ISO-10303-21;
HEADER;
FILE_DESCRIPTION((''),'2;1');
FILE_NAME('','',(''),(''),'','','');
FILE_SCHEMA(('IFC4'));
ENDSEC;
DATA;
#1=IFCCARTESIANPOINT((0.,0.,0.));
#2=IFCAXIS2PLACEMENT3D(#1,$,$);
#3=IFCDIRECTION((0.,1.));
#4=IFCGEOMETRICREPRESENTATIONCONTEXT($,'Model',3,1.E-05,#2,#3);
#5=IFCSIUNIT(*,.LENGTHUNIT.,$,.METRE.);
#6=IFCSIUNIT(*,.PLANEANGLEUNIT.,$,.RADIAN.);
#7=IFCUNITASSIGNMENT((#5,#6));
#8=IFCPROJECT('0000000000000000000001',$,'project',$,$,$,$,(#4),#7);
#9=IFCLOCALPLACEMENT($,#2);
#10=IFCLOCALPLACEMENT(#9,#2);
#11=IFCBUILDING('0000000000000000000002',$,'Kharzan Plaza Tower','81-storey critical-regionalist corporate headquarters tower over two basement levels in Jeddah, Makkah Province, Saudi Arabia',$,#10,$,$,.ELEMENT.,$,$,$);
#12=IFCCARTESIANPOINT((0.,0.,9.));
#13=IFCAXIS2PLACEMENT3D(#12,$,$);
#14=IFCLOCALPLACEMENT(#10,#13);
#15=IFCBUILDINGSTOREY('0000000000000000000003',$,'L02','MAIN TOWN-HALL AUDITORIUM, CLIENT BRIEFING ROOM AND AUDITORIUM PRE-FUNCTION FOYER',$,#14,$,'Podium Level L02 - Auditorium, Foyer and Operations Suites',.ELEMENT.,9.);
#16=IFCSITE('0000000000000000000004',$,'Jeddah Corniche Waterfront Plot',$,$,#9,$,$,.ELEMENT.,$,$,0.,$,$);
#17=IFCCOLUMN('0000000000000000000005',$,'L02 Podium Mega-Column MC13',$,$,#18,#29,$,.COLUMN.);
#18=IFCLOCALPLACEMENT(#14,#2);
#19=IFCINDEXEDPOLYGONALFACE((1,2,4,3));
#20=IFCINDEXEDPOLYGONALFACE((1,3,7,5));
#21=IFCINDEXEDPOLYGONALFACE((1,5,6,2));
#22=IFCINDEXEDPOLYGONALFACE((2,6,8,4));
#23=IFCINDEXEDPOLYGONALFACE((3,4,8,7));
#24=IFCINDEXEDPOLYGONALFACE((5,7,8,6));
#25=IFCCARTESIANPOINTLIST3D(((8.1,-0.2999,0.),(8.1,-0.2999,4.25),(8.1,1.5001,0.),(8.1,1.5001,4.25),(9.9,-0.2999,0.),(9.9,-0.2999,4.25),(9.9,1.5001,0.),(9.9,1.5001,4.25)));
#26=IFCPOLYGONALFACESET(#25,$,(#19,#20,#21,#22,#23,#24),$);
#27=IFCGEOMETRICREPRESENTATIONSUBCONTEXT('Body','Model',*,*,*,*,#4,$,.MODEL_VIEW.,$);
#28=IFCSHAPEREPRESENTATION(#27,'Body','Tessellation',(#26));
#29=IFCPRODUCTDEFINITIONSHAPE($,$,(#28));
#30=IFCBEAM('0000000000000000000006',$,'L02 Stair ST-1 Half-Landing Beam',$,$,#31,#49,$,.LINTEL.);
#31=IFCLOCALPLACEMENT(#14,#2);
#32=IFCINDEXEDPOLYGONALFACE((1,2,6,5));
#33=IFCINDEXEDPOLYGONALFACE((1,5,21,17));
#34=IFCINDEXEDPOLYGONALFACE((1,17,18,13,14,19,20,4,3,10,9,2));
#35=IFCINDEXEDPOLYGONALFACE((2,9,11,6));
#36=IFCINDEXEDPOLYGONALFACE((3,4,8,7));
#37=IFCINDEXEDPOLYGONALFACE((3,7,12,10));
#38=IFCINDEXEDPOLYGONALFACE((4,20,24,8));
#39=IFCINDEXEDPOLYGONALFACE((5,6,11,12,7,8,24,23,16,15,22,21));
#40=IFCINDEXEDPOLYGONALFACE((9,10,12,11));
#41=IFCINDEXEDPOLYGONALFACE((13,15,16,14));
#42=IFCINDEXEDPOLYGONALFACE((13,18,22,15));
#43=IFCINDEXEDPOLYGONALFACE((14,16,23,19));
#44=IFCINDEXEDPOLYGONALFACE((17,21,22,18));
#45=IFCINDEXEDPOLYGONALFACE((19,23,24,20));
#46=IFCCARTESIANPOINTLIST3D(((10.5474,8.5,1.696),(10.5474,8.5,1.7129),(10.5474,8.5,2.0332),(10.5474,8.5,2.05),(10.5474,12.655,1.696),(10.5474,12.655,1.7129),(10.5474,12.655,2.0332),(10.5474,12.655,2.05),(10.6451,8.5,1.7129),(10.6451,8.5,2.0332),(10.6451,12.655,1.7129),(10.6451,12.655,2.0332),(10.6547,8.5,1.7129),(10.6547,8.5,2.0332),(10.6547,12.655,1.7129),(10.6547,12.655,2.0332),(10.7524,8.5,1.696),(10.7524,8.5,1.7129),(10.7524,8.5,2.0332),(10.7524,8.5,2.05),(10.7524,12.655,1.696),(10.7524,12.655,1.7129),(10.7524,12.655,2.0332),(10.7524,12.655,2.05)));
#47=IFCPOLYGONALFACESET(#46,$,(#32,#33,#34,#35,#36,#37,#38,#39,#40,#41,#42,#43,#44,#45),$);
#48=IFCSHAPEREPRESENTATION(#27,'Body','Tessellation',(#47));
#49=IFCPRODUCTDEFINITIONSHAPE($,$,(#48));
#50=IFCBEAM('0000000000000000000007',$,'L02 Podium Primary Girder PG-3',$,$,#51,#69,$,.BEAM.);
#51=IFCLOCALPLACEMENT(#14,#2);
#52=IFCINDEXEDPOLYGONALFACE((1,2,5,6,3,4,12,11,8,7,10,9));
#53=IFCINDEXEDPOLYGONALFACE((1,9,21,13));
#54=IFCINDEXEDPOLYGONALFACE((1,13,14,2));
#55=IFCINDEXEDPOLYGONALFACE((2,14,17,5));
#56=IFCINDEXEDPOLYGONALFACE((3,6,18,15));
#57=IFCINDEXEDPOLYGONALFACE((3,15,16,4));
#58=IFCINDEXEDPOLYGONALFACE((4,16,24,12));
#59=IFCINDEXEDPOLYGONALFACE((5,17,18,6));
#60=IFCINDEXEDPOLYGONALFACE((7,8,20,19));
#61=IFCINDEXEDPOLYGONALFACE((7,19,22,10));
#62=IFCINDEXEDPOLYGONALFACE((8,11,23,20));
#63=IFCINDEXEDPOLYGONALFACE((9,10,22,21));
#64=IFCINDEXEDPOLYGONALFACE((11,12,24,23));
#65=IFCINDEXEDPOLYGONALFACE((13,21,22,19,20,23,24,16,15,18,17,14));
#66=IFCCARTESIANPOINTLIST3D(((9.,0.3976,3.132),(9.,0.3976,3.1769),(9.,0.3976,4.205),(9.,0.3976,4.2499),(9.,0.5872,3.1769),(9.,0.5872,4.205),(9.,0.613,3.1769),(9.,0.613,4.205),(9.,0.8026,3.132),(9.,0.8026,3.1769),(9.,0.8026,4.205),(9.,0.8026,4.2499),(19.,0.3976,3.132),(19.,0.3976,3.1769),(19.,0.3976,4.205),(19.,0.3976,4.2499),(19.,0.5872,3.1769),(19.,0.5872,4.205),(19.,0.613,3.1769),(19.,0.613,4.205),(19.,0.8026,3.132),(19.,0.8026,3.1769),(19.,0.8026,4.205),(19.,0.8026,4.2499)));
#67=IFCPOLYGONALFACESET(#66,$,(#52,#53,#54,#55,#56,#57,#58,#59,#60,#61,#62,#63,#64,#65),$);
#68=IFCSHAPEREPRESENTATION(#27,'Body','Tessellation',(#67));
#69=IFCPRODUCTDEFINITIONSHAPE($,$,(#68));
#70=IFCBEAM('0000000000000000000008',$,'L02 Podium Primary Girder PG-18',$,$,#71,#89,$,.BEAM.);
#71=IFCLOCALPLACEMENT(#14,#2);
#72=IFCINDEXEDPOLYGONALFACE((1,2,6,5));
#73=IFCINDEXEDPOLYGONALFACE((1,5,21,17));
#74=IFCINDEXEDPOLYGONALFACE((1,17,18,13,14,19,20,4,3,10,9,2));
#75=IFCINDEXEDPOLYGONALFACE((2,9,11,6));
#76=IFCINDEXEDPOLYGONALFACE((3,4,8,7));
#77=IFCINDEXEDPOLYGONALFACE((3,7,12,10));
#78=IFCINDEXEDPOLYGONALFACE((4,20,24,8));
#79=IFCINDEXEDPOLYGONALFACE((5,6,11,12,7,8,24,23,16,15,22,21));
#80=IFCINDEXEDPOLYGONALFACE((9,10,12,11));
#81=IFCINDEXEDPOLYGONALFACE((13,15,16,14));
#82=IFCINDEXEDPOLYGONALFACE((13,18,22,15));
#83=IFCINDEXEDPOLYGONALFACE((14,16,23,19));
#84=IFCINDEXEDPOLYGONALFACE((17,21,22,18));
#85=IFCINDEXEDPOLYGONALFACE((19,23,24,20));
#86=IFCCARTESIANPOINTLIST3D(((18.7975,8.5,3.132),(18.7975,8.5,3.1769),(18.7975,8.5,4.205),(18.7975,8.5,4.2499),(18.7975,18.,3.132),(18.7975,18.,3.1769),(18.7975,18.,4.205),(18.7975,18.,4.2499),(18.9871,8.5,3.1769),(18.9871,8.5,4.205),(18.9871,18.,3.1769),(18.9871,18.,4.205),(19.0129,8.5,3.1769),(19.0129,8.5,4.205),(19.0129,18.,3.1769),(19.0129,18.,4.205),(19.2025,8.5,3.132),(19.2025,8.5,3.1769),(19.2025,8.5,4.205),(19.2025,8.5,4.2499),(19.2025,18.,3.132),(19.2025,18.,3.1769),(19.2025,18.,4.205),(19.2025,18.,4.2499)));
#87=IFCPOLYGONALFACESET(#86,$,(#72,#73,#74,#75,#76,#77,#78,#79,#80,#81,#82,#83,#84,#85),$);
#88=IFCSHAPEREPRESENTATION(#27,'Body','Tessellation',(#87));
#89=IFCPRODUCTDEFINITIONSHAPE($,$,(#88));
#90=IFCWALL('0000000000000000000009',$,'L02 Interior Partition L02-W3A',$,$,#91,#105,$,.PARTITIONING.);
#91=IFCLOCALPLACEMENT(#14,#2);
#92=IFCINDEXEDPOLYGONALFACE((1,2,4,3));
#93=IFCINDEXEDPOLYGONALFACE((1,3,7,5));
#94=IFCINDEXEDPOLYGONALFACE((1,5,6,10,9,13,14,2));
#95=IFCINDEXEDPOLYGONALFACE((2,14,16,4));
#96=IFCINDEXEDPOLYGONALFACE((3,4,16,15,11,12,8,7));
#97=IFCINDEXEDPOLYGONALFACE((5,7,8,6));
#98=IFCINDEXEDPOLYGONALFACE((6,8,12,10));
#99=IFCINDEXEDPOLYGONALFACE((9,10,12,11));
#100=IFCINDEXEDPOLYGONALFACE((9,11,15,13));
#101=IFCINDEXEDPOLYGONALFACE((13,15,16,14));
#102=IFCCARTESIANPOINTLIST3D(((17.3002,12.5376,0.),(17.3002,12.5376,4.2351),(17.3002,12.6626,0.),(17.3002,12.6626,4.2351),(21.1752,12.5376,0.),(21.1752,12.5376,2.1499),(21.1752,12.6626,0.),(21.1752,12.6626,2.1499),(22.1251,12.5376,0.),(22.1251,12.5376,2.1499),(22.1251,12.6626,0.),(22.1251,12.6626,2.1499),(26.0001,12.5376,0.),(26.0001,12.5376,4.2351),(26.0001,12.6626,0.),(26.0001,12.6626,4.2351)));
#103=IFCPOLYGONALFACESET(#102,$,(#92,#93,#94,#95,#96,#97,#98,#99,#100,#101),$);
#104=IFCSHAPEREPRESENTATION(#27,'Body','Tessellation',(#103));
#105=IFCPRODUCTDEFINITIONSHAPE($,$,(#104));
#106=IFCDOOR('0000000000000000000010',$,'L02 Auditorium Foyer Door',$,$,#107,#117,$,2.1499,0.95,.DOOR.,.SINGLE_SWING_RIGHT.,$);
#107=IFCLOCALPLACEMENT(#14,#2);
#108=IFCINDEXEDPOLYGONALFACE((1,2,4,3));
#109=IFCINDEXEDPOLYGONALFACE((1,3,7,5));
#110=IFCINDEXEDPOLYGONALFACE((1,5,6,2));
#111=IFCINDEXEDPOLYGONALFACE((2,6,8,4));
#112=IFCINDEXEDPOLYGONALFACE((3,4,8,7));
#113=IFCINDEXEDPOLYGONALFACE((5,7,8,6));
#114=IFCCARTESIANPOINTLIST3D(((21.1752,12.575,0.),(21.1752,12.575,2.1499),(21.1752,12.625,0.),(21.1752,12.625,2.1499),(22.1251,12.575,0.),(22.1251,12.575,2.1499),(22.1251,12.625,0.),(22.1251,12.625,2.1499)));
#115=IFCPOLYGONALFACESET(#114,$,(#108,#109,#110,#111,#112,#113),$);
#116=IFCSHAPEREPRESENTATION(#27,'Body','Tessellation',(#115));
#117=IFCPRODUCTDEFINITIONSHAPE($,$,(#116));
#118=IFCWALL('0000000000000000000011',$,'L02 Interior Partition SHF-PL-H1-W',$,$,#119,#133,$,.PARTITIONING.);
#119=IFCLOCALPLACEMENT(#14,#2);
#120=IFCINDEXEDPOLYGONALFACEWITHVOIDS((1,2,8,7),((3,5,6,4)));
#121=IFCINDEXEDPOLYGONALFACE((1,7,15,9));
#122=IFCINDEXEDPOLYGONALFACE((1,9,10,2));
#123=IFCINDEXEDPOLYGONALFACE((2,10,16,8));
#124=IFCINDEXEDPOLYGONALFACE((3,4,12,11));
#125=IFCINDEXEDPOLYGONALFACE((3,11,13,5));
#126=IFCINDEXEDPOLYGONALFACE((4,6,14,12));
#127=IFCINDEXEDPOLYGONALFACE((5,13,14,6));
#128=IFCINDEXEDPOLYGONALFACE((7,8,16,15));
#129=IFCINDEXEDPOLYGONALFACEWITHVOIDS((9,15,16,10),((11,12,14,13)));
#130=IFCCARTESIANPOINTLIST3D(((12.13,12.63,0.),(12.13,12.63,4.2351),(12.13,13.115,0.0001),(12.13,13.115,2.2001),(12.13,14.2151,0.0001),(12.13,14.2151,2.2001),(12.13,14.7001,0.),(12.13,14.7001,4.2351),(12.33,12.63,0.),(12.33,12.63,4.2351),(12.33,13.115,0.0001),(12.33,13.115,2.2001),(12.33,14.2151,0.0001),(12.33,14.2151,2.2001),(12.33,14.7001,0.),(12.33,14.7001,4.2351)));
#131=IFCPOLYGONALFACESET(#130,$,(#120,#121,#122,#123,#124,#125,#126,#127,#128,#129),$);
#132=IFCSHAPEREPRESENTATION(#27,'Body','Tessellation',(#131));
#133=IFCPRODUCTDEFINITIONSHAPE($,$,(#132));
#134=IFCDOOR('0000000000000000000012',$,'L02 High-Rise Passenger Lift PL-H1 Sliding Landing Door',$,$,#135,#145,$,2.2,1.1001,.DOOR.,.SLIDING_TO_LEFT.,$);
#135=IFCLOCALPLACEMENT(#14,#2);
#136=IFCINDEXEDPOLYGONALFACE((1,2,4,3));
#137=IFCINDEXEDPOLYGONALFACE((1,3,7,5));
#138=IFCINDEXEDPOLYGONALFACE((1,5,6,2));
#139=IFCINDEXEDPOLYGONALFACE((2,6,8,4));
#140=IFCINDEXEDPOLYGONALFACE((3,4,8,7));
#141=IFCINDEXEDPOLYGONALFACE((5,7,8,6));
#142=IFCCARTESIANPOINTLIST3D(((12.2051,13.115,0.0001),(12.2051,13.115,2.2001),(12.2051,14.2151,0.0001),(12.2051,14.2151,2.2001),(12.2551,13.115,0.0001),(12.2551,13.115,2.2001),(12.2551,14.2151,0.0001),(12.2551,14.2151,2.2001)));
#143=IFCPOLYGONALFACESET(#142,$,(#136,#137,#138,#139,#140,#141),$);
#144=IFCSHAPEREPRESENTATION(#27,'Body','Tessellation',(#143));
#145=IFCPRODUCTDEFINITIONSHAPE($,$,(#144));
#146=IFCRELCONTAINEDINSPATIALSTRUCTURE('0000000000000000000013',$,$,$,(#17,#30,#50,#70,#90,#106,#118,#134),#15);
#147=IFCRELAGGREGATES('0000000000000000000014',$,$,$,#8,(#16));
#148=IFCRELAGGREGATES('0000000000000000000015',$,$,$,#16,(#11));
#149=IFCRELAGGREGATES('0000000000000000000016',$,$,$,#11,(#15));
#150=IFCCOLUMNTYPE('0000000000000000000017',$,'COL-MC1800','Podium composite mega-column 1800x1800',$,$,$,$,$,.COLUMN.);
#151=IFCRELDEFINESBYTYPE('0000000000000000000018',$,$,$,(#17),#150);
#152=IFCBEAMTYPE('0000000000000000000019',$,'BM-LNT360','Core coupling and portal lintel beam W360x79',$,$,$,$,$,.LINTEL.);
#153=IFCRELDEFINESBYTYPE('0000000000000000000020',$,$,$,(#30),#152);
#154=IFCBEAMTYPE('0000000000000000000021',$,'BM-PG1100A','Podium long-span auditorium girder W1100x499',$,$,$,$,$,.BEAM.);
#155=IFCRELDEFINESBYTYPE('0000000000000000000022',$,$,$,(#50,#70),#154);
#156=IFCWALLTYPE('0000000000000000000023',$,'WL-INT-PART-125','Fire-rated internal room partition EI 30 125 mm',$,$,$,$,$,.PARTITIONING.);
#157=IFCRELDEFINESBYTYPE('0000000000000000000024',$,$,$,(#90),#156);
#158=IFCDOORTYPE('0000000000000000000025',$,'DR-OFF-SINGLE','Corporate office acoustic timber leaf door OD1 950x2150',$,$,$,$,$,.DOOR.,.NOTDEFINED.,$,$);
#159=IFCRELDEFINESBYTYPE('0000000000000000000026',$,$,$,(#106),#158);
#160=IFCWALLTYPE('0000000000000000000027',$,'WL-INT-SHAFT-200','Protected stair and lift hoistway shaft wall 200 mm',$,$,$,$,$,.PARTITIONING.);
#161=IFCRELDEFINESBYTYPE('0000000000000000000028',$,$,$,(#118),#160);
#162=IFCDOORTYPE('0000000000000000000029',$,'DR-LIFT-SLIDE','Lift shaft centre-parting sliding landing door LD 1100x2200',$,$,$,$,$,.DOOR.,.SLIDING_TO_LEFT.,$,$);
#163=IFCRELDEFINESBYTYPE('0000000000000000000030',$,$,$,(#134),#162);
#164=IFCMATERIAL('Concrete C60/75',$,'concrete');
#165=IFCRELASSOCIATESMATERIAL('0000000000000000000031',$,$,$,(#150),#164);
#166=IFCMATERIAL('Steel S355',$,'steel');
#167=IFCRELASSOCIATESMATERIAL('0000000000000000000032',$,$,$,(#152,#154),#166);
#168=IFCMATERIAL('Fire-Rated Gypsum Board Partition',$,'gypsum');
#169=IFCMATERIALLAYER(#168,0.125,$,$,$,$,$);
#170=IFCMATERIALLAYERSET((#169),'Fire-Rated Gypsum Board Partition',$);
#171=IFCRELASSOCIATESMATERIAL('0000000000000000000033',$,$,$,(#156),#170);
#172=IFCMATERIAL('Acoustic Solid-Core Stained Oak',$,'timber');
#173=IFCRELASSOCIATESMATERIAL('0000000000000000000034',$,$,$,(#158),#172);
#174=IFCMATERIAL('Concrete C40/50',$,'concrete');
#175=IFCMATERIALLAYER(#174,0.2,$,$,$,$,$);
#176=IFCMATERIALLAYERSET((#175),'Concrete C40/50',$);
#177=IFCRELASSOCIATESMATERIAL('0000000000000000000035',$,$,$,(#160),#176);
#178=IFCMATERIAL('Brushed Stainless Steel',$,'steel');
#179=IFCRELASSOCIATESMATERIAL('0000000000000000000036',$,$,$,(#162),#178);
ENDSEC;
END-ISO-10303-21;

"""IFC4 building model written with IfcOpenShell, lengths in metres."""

from ifc_helpers import new_model, si_unit, direction, frame, frame_2d, origin, origin_2d, place, context, subcontext, project, spatial, rectangle, i_section, extrude, source, transform, mapped, material, layer, layer_set, material_profile, profile_set, type_object, element, fill, save


model = new_model("IFC4")

# Units and contexts
model_context = context("Model", 3, precision=1e-05, world=origin(), true_north=direction((0.0, 1.0)))
body_context = subcontext(model_context, "Body", "Model", "MODEL_VIEW")
ifc_project = project(units=[si_unit("LENGTHUNIT", "METRE"), si_unit("PLANEANGLEUNIT", "RADIAN")], contexts=[model_context])

# Site, building, storey
site_placement = place(None, origin())
site = spatial("IfcSite", under=ifc_project, at=site_placement, Name="Jeddah Corniche Waterfront Plot", CompositionType="ELEMENT", RefElevation=0.0)
building_placement = place(site_placement, origin())
building = spatial("IfcBuilding", under=site, at=building_placement, Name="Kharzan Plaza Tower", Description="81-storey critical-regionalist corporate headquarters tower over two basement levels in Jeddah, Makkah Province, Saudi Arabia", CompositionType="ELEMENT")
storey_placement = place(building_placement, frame((0.0, 0.0, 9.0)))
storey = spatial("IfcBuildingStorey", under=building, at=storey_placement, Name="L02", Description="MAIN TOWN-HALL AUDITORIUM, CLIENT BRIEFING ROOM AND AUDITORIUM PRE-FUNCTION FOYER", LongName="Podium Level L02 - Auditorium, Foyer and Operations Suites", CompositionType="ELEMENT", Elevation=9.0)

# Column
ifc_material_1 = material(Name="Concrete C60/75", Category="concrete")
ifc_material_profile_1 = material_profile(ifc_material_1, rectangle(XDim=1.8, YDim=1.8, at=origin_2d()), Name="RC-MC1800x1800")
ifc_profile_set_1 = profile_set([ifc_material_profile_1], Name="Concrete C60/75")
column_type = type_object("IfcColumnType", Name="COL-MC1800", Description="Podium composite mega-column 1800x1800", PredefinedType="COLUMN", material=ifc_profile_set_1)
shared_shape_1 = source(origin(), body_context, "Body", "SweptSolid", [
    extrude(rectangle(XDim=1.8, YDim=1.8, at=origin_2d()), origin(), (0.0, 0.0, 1.0), 4.25),
])
column_placement = place(storey_placement, frame((9.0, 0.6001, 0.0), z_axis=(0.0, 0.0, 1.0), x_axis=(1.0, 0.0, 0.0)))
element("IfcColumn", 1, at=column_placement, inside=storey, type_object=column_type, Name="L02 Podium Mega-Column MC13", PredefinedType="COLUMN", context=body_context, shape_type="MappedRepresentation", body=[
    mapped(shared_shape_1, transform((0.0, 0.0, 0.0), x_axis=(1.0, 0.0, 0.0), y_axis=(0.0, 1.0, 0.0), z_axis=(0.0, 0.0, 1.0))),
])

# Beams
ifc_material_2 = material(Name="Steel S355", Category="steel")
ifc_material_profile_2 = material_profile(ifc_material_2, i_section(OverallWidth=0.2051, OverallDepth=0.354, WebThickness=0.0095, FlangeThickness=0.0168, at=origin_2d()), Name="W360x79")
ifc_profile_set_2 = profile_set([ifc_material_profile_2], Name="Steel S355")
beam_type_1 = type_object("IfcBeamType", Name="BM-LNT360", Description="Core coupling and portal lintel beam W360x79", PredefinedType="LINTEL", material=ifc_profile_set_2)
shared_shape_2 = source(origin(), body_context, "Body", "SweptSolid", [
    extrude(i_section(OverallWidth=0.2051, OverallDepth=0.354, WebThickness=0.0095, FlangeThickness=0.0168, at=origin_2d()), origin(), (0.0, 0.0, 1.0), 4.155),
])
beam_1_placement = place(storey_placement, frame((10.6499, 8.5, 1.873), z_axis=(0.0, 1.0, 0.0), x_axis=(-1.0, 0.0, 0.0)))
element("IfcBeam", 2, at=beam_1_placement, inside=storey, type_object=beam_type_1, Name="L02 Stair ST-1 Half-Landing Beam", PredefinedType="LINTEL", context=body_context, shape_type="MappedRepresentation", body=[
    mapped(shared_shape_2, transform((0.0, 0.0, 0.0), x_axis=(1.0, 0.0, 0.0), y_axis=(0.0, 1.0, 0.0), z_axis=(0.0, 0.0, 1.0))),
])
ifc_material_profile_3 = material_profile(ifc_material_2, i_section(OverallWidth=0.405, OverallDepth=1.1179, WebThickness=0.0259, FlangeThickness=0.0449, at=origin_2d()), Name="W1100x499")
ifc_profile_set_3 = profile_set([ifc_material_profile_3], Name="Steel S355")
beam_type_2 = type_object("IfcBeamType", Name="BM-PG1100A", Description="Podium long-span auditorium girder W1100x499", PredefinedType="BEAM", material=ifc_profile_set_3)
shared_shape_3 = source(origin(), body_context, "Body", "SweptSolid", [
    extrude(i_section(OverallWidth=0.405, OverallDepth=1.1179, WebThickness=0.0259, FlangeThickness=0.0449, at=origin_2d()), origin(), (0.0, 0.0, 1.0), 10.0),
])
beam_2_placement = place(storey_placement, frame((9.0, 0.6001, 3.6909), z_axis=(1.0, 0.0, 0.0), x_axis=(0.0, 1.0, 0.0)))
element("IfcBeam", 3, at=beam_2_placement, inside=storey, type_object=beam_type_2, Name="L02 Podium Primary Girder PG-3", PredefinedType="BEAM", context=body_context, shape_type="MappedRepresentation", body=[
    mapped(shared_shape_3, transform((0.0, 0.0, 0.0), x_axis=(1.0, 0.0, 0.0), y_axis=(0.0, 1.0, 0.0), z_axis=(0.0, 0.0, 1.0))),
])
shared_shape_4 = source(origin(), body_context, "Body", "SweptSolid", [
    extrude(i_section(OverallWidth=0.405, OverallDepth=1.1179, WebThickness=0.0259, FlangeThickness=0.0449, at=origin_2d()), origin(), (0.0, 0.0, 1.0), 9.5),
])
beam_3_placement = place(storey_placement, frame((19.0, 8.5, 3.6909), z_axis=(0.0, 1.0, 0.0), x_axis=(-1.0, 0.0, 0.0)))
element("IfcBeam", 4, at=beam_3_placement, inside=storey, type_object=beam_type_2, Name="L02 Podium Primary Girder PG-18", PredefinedType="BEAM", context=body_context, shape_type="MappedRepresentation", body=[
    mapped(shared_shape_4, transform((0.0, 0.0, 0.0), x_axis=(1.0, 0.0, 0.0), y_axis=(0.0, 1.0, 0.0), z_axis=(0.0, 0.0, 1.0))),
])

# Walls, openings, doors
ifc_material_3 = material(Name="Fire-Rated Gypsum Board Partition", Category="gypsum")
ifc_layer_1 = layer(ifc_material_3, 0.125)
ifc_layer_set_1 = layer_set([ifc_layer_1], Name="Fire-Rated Gypsum Board Partition")
wall_type_1 = type_object("IfcWallType", Name="WL-INT-PART-125", Description="Fire-rated internal room partition EI 30 125 mm", PredefinedType="PARTITIONING", material=ifc_layer_set_1)
wall_1_placement = place(storey_placement, frame((17.3, 12.6001, 0.0), z_axis=(0.0, 0.0, 1.0), x_axis=(1.0, 0.0, 0.0)))
wall_1 = element("IfcWall", 5, at=wall_1_placement, inside=storey, type_object=wall_type_1, Name="L02 Interior Partition L02-W3A", PredefinedType="PARTITIONING", context=body_context, shape_type="SweptSolid", body=[
    extrude(rectangle(XDim=8.7, YDim=0.125, at=frame_2d((4.3501, 0.0))), origin(), (0.0, 0.0, 1.0), 4.2351),
])
opening_1_placement = place(wall_1_placement, frame((3.875, 0.0, 0.0)))
opening_1 = element("IfcOpeningElement", 6, at=opening_1_placement, cuts=wall_1, PredefinedType="OPENING", context=body_context, shape_type="SweptSolid", body=[
    extrude(rectangle(XDim=0.95, YDim=2.1499, at=frame_2d((0.4751, 1.075))), frame((0.0, 0.0725, 0.0), z_axis=(0.0, -1.0, 0.0), x_axis=(1.0, 0.0, 0.0)), (0.0, 0.0, 1.0), 0.145),
])
ifc_material_4 = material(Name="Acoustic Solid-Core Stained Oak", Category="timber")
door_type_1 = type_object("IfcDoorType", Name="DR-OFF-SINGLE", Description="Corporate office acoustic timber leaf door OD1 950x2150", OperationType="NOTDEFINED", PredefinedType="DOOR", material=ifc_material_4)
shared_shape_5 = source(origin(), body_context, "Body", "SweptSolid", [
    extrude(rectangle(XDim=0.95, YDim=2.1499, at=frame_2d((0.4751, 1.075))), frame((0.0, 0.0249, 0.0), z_axis=(0.0, -1.0, 0.0), x_axis=(1.0, 0.0, 0.0)), (0.0, 0.0, 1.0), 0.05),
])
door_1_placement = place(opening_1_placement, origin())
door_1 = element("IfcDoor", 7, at=door_1_placement, inside=storey, type_object=door_type_1, Name="L02 Auditorium Foyer Door", OperationType="SINGLE_SWING_RIGHT", OverallHeight=2.1499, OverallWidth=0.95, PredefinedType="DOOR", context=body_context, shape_type="MappedRepresentation", body=[
    mapped(shared_shape_5, transform((0.0, 0.0, 0.0), x_axis=(1.0, 0.0, 0.0), y_axis=(0.0, 1.0, 0.0), z_axis=(0.0, 0.0, 1.0))),
])
fill(opening_1, door_1)
ifc_material_5 = material(Name="Concrete C40/50", Category="concrete")
ifc_layer_2 = layer(ifc_material_5, 0.2)
ifc_layer_set_2 = layer_set([ifc_layer_2], Name="Concrete C40/50")
wall_type_2 = type_object("IfcWallType", Name="WL-INT-SHAFT-200", Description="Protected stair and lift hoistway shaft wall 200 mm", PredefinedType="PARTITIONING", material=ifc_layer_set_2)
wall_2_placement = place(storey_placement, frame((12.23, 12.6299, 0.0), z_axis=(0.0, 0.0, 1.0), x_axis=(0.0, 1.0, 0.0)))
wall_2 = element("IfcWall", 8, at=wall_2_placement, inside=storey, type_object=wall_type_2, Name="L02 Interior Partition SHF-PL-H1-W", PredefinedType="PARTITIONING", context=body_context, shape_type="SweptSolid", body=[
    extrude(rectangle(XDim=2.0701, YDim=0.2, at=frame_2d((1.0352, 0.0))), origin(), (0.0, 0.0, 1.0), 4.2351),
])
opening_2_placement = place(wall_2_placement, frame((0.4851, 0.0, 0.0)))
opening_2 = element("IfcOpeningElement", 9, at=opening_2_placement, cuts=wall_2, PredefinedType="OPENING", context=body_context, shape_type="SweptSolid", body=[
    extrude(rectangle(XDim=1.1001, YDim=2.2, at=frame_2d((0.55, 1.1001))), frame((0.0, 0.1099, 0.0), z_axis=(0.0, -1.0, 0.0), x_axis=(1.0, 0.0, 0.0)), (0.0, 0.0, 1.0), 0.22),
])
ifc_material_6 = material(Name="Brushed Stainless Steel", Category="steel")
door_type_2 = type_object("IfcDoorType", Name="DR-LIFT-SLIDE", Description="Lift shaft centre-parting sliding landing door LD 1100x2200", OperationType="SLIDING_TO_LEFT", PredefinedType="DOOR", material=ifc_material_6)
shared_shape_6 = source(origin(), body_context, "Body", "SweptSolid", [
    extrude(rectangle(XDim=1.1001, YDim=2.2, at=frame_2d((0.55, 1.1001))), frame((0.0, 0.0249, 0.0), z_axis=(0.0, -1.0, 0.0), x_axis=(1.0, 0.0, 0.0)), (0.0, 0.0, 1.0), 0.05),
])
door_2_placement = place(opening_2_placement, origin())
door_2 = element("IfcDoor", 10, at=door_2_placement, inside=storey, type_object=door_type_2, Name="L02 High-Rise Passenger Lift PL-H1 Sliding Landing Door", OperationType="SLIDING_TO_LEFT", OverallHeight=2.2, OverallWidth=1.1001, PredefinedType="DOOR", context=body_context, shape_type="MappedRepresentation", body=[
    mapped(shared_shape_6, transform((0.0, 0.0, 0.0), x_axis=(1.0, 0.0, 0.0), y_axis=(0.0, 1.0, 0.0), z_axis=(0.0, 0.0, 1.0))),
])
fill(opening_2, door_2)

save(model, "model.ifc")
